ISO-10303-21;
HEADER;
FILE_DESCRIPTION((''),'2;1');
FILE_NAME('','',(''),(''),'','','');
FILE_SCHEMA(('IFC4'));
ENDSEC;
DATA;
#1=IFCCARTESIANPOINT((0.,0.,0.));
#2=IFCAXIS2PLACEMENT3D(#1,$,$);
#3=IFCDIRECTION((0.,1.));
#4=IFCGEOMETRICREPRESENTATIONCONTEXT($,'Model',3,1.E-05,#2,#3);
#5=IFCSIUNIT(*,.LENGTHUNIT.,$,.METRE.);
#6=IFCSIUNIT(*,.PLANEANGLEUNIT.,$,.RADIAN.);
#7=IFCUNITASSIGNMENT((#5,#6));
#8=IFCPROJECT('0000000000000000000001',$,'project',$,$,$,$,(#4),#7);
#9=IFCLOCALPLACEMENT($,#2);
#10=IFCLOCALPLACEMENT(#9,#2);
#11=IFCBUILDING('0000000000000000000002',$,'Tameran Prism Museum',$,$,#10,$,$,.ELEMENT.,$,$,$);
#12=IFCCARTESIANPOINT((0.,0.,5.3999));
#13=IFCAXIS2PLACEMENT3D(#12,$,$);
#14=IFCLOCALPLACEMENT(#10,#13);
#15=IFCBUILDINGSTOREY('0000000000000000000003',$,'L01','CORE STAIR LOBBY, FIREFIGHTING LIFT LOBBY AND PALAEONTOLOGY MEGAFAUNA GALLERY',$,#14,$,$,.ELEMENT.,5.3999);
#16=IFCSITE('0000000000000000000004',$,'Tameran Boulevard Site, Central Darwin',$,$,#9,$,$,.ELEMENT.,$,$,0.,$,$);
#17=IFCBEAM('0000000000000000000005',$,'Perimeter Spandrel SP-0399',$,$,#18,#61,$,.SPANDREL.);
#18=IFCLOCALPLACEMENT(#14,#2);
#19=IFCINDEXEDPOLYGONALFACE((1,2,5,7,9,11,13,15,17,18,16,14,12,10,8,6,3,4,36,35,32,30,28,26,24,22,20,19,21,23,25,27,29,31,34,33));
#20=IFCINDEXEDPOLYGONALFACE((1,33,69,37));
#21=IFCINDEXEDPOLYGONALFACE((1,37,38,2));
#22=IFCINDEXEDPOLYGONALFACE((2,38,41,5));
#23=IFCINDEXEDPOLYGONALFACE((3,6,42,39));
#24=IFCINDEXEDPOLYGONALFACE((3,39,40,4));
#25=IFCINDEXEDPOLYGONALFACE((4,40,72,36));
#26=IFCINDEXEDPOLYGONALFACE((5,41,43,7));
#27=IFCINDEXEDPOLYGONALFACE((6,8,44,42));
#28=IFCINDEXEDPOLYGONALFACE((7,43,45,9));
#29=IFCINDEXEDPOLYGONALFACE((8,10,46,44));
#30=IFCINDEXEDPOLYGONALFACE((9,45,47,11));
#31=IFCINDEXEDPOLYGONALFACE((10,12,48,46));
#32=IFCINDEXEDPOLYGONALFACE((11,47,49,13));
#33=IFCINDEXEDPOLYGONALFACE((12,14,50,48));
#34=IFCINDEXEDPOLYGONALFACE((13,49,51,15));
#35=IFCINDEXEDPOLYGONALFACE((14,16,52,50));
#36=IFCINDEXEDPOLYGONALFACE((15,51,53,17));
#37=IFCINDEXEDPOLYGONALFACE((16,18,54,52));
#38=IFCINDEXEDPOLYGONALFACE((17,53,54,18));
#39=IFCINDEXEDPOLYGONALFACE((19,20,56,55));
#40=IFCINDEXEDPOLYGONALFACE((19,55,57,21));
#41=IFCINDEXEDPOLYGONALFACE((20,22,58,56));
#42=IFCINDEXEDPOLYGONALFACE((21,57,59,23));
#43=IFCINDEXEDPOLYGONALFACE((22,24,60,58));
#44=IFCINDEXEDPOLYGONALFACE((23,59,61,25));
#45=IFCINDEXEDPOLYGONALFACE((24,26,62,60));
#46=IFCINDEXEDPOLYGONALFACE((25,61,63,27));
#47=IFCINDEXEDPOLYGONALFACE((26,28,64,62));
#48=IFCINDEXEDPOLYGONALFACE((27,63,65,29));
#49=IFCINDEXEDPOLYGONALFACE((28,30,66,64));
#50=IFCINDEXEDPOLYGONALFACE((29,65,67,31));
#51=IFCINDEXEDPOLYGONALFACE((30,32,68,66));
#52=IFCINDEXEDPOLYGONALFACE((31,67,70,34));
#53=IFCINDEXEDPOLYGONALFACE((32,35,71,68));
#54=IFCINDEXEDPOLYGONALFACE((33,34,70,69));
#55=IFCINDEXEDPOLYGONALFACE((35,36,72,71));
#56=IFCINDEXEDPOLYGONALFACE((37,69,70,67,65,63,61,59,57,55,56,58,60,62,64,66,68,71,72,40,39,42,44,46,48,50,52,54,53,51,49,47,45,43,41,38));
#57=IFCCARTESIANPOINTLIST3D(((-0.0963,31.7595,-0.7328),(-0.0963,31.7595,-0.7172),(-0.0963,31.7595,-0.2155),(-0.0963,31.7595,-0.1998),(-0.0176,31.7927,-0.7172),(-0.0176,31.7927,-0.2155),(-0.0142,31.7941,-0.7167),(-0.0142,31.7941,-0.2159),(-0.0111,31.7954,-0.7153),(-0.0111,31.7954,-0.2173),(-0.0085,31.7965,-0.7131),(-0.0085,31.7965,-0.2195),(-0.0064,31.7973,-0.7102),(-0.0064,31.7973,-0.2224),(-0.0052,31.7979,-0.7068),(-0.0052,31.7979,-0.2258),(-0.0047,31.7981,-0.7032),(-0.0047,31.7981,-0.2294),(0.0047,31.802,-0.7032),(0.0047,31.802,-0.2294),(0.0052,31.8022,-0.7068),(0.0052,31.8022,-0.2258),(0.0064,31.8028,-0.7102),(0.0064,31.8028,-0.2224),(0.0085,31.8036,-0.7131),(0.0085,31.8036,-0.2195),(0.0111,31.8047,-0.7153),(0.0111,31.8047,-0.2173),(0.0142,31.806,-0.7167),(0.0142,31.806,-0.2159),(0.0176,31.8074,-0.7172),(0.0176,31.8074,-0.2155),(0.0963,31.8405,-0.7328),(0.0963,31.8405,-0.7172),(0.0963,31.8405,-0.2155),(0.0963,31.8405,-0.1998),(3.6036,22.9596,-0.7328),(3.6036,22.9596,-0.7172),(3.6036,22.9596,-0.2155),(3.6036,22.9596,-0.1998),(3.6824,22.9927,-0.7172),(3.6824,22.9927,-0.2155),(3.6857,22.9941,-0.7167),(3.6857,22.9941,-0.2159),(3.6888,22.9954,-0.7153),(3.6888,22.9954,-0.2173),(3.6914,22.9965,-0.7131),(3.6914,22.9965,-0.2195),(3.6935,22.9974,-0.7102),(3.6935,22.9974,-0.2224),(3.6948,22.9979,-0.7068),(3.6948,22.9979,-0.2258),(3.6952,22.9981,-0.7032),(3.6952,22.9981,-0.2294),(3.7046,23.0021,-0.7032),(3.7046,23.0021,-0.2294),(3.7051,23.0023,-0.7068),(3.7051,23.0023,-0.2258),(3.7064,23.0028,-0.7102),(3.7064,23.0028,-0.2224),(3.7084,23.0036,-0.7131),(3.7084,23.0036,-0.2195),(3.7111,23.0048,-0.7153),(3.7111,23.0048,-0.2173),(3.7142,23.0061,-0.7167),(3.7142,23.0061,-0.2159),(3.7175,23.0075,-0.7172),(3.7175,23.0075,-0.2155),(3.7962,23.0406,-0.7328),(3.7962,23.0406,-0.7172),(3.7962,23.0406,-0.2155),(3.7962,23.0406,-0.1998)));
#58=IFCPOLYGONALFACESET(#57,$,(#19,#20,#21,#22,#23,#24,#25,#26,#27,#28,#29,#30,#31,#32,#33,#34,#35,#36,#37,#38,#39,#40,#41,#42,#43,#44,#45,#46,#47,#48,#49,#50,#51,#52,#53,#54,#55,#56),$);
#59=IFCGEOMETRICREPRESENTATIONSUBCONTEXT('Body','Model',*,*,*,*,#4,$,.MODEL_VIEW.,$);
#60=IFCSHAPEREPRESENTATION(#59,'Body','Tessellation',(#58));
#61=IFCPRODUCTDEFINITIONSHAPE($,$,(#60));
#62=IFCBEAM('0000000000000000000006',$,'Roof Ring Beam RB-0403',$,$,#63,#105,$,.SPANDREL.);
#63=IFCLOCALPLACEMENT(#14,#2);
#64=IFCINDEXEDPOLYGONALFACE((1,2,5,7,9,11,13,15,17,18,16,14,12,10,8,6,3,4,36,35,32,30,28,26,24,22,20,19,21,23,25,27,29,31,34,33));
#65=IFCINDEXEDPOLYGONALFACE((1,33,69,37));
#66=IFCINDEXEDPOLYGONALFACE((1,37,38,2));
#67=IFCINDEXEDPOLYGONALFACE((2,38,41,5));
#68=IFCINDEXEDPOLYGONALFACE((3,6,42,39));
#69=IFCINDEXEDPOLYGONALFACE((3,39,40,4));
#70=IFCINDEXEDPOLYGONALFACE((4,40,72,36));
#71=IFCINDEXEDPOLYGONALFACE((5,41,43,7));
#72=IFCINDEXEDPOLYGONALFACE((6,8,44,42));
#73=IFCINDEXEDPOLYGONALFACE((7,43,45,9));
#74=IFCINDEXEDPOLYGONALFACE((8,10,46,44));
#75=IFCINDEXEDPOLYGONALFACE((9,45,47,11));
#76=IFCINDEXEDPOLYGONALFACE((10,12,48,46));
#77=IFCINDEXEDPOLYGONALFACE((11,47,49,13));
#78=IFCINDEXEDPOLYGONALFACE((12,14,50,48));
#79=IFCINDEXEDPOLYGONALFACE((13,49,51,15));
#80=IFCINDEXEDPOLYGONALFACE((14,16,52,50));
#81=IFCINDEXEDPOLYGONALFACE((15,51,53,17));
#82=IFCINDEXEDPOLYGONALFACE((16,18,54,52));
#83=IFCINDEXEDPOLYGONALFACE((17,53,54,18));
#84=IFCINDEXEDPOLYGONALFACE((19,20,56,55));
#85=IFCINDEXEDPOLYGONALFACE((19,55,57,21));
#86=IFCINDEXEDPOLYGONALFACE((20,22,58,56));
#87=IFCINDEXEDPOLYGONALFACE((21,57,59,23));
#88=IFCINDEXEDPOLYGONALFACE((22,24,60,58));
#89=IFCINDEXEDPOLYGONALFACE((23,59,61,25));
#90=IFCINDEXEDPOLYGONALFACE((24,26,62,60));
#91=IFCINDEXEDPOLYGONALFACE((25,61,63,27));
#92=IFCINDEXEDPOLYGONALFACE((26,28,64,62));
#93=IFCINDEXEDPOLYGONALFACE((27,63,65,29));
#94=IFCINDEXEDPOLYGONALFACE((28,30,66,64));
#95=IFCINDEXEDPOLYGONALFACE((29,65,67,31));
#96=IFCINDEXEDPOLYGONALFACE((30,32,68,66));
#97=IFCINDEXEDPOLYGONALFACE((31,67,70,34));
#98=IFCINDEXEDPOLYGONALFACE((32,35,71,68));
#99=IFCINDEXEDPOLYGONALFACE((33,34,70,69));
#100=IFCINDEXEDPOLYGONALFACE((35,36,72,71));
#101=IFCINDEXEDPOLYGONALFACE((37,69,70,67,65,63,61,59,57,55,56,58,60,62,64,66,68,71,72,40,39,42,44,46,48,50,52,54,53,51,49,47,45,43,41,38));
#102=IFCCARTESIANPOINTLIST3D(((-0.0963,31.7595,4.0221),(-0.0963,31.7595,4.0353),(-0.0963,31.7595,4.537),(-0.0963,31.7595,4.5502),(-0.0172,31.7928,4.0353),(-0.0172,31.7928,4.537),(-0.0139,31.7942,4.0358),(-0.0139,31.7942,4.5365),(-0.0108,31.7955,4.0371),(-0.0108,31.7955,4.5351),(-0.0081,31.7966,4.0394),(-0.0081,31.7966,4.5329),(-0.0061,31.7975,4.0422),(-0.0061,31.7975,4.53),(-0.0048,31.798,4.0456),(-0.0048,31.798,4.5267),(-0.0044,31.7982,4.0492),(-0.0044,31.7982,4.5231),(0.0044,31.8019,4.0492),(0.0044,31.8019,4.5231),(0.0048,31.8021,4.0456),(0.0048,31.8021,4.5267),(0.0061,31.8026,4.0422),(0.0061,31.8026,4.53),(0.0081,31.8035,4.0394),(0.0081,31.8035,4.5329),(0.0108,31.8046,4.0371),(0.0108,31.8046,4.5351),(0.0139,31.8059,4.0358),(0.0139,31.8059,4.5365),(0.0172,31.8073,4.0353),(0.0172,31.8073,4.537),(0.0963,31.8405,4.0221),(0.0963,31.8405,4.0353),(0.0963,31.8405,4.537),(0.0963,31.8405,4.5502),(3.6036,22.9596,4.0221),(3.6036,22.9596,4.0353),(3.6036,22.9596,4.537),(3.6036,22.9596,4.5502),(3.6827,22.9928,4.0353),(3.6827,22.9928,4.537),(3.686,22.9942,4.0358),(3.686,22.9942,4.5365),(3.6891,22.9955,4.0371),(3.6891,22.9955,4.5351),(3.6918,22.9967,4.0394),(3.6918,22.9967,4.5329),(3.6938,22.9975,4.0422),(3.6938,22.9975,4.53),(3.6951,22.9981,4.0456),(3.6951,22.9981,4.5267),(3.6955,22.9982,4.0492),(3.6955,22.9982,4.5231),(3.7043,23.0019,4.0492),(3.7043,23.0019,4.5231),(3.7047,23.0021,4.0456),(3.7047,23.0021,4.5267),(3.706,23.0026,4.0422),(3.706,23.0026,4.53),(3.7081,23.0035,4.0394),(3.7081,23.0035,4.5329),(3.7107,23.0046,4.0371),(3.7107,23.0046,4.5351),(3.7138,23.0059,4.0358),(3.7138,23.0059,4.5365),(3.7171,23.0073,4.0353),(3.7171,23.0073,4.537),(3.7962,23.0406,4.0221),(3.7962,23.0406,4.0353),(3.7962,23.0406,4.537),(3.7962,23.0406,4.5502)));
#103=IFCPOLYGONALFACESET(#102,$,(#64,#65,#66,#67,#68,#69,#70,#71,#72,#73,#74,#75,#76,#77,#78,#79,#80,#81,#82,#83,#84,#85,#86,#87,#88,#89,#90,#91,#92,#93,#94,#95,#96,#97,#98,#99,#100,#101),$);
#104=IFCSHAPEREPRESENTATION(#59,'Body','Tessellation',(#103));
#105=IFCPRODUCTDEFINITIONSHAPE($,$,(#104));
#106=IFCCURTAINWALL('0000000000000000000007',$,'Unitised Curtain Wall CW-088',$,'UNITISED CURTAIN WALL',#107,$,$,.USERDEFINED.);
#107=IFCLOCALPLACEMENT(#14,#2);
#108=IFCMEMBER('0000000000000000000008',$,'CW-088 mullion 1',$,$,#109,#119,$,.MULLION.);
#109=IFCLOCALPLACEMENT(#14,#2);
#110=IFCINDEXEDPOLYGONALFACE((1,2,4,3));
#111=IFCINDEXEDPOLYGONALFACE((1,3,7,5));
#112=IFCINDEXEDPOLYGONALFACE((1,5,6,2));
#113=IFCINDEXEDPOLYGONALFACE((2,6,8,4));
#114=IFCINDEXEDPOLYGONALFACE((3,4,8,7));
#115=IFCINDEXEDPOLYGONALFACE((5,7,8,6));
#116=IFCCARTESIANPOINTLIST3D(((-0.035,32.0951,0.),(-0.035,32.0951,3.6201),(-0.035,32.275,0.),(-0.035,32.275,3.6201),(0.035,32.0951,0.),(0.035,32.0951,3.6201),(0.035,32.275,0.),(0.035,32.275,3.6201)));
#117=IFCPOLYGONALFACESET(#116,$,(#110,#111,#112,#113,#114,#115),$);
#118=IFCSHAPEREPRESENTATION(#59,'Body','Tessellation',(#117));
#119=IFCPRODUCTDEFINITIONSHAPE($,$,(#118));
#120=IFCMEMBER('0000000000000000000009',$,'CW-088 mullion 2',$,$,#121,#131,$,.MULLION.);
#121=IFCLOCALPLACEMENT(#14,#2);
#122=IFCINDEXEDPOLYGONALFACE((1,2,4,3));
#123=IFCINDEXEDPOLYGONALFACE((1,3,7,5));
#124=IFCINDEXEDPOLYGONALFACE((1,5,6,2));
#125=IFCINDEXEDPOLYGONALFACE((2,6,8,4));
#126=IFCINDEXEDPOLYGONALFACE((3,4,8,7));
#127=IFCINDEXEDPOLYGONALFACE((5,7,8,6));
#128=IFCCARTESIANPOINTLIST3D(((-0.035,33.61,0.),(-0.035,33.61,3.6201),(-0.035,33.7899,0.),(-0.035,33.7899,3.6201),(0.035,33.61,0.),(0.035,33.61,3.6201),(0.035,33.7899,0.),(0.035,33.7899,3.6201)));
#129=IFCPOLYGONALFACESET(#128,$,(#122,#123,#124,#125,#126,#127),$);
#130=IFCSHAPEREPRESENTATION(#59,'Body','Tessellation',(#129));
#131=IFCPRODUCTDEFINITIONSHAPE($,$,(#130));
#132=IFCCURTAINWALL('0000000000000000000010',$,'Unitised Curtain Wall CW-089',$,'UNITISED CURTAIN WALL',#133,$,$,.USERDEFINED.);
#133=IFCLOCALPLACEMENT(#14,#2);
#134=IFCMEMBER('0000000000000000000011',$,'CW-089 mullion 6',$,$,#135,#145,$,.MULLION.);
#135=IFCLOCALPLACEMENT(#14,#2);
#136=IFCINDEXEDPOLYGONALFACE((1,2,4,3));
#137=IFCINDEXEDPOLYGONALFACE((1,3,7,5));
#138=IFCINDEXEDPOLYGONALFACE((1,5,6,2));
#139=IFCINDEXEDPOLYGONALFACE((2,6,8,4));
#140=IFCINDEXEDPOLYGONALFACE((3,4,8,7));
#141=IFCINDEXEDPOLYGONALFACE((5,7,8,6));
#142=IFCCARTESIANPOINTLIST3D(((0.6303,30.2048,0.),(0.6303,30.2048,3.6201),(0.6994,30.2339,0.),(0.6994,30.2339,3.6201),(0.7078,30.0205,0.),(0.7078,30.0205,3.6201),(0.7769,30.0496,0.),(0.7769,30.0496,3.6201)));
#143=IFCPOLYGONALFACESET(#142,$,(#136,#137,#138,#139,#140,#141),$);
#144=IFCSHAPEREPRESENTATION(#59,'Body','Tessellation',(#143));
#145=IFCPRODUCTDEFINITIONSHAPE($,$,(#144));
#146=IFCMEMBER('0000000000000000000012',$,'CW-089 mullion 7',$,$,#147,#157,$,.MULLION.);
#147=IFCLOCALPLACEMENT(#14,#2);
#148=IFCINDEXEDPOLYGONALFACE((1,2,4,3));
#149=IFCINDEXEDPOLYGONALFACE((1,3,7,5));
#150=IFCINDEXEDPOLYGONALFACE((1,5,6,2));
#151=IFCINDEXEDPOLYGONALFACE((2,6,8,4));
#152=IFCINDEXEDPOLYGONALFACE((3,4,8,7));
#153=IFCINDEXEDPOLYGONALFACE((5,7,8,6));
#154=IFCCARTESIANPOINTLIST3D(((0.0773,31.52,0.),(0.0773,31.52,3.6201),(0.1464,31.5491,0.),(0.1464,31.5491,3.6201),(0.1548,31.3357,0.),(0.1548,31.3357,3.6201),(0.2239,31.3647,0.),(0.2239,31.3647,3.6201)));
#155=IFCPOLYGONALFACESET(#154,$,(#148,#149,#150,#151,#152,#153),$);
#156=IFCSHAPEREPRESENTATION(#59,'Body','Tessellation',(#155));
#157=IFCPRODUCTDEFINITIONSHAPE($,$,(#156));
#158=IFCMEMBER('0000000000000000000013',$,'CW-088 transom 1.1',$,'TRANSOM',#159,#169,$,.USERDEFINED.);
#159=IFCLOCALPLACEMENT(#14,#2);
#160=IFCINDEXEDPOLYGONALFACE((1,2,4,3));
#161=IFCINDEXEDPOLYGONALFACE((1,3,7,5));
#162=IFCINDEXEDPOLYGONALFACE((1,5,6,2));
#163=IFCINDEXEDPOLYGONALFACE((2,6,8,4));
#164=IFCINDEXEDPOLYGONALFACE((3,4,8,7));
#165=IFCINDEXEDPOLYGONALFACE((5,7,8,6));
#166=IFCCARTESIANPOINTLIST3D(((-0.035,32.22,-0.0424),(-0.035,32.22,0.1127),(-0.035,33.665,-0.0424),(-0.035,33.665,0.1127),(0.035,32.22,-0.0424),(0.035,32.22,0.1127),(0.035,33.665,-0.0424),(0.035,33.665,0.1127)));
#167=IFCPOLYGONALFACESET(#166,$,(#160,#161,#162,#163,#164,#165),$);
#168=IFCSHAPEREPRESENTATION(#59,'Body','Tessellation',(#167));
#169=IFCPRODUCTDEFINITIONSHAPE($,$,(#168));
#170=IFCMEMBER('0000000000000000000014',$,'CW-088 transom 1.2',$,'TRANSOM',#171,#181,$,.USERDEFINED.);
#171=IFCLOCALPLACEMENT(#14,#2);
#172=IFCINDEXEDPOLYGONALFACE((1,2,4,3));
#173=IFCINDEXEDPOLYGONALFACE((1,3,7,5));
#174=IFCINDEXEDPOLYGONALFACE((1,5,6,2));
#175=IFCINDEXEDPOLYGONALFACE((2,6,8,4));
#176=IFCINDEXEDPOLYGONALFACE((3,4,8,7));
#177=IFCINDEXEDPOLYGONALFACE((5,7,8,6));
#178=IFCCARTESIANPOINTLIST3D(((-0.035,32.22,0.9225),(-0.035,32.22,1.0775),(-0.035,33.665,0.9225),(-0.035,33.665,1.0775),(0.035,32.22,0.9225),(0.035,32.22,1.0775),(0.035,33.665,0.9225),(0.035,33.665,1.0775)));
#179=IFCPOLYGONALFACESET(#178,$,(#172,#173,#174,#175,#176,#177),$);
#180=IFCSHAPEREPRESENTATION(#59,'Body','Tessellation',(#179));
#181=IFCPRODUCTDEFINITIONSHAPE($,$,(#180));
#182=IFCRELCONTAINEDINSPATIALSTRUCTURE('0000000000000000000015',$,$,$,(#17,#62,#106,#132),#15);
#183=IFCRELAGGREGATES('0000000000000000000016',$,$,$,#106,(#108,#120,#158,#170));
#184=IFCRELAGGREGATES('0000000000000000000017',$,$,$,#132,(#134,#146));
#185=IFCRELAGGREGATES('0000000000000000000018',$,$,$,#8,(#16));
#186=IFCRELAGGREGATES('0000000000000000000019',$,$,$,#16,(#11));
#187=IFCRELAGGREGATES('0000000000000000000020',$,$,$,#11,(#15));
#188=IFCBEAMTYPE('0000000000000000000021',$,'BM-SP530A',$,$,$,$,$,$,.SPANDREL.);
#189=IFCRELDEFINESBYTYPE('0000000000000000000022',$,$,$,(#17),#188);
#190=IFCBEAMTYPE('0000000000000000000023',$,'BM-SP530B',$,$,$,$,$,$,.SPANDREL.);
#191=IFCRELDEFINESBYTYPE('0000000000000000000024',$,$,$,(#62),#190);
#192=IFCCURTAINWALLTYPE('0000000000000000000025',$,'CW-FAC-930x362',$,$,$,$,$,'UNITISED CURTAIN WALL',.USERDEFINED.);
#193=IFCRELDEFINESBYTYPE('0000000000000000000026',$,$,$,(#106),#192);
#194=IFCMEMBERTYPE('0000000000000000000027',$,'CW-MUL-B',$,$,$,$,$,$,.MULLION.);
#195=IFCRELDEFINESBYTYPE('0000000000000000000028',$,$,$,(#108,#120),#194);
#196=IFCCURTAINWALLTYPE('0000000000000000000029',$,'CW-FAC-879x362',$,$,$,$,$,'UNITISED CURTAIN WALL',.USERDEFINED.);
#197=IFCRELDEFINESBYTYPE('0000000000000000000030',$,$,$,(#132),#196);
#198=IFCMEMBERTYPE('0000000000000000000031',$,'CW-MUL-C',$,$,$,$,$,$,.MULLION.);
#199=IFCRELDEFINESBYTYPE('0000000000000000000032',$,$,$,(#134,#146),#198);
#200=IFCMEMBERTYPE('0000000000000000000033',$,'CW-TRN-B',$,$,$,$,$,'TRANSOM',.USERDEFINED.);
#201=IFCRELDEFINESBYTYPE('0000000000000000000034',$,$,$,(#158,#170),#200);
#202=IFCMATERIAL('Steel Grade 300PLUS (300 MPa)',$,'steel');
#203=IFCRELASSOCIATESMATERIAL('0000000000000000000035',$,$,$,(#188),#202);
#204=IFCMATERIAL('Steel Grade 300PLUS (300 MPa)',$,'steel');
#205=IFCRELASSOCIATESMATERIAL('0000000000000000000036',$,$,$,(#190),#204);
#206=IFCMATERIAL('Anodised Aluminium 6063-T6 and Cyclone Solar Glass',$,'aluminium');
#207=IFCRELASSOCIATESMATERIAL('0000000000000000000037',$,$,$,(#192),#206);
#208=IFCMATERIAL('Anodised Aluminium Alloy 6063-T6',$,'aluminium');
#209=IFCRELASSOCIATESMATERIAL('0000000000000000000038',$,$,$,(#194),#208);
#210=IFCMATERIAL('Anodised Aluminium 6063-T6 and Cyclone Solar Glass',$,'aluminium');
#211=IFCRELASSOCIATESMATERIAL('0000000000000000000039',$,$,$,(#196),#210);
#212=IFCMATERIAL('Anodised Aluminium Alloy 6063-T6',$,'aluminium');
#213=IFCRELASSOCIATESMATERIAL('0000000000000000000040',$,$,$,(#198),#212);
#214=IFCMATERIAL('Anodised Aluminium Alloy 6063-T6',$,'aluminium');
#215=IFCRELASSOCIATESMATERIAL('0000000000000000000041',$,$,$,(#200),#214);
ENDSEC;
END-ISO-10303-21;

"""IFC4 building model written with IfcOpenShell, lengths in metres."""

from ifc_helpers import new_model, si_unit, direction, frame, origin, origin_2d, place, context, subcontext, project, spatial, rectangle, i_section, extrude, material, material_profile, profile_set, type_object, element, aggregate, save


model = new_model("IFC4")

# Units and contexts
model_context = context("Model", 3, precision=1e-05, world=origin(), true_north=direction((0.0, 1.0)))
body_context = subcontext(model_context, "Body", "Model", "MODEL_VIEW")
ifc_project = project(units=[si_unit("LENGTHUNIT", "METRE"), si_unit("PLANEANGLEUNIT", "RADIAN")], contexts=[model_context])

# Site, building, storey
site_placement = place(None, origin())
site = spatial("IfcSite", under=ifc_project, at=site_placement, Name="Tameran Boulevard Site, Central Darwin", CompositionType="ELEMENT", RefElevation=0.0)
building_placement = place(site_placement, origin())
building = spatial("IfcBuilding", under=site, at=building_placement, Name="Tameran Prism Museum", CompositionType="ELEMENT")
storey_placement = place(building_placement, frame((0.0, 0.0, 5.3999)))
storey = spatial("IfcBuildingStorey", under=building, at=storey_placement, Name="L01", Description="CORE STAIR LOBBY, FIREFIGHTING LIFT LOBBY AND PALAEONTOLOGY MEGAFAUNA GALLERY", CompositionType="ELEMENT", Elevation=5.3999)

# Beams
ifc_material_1 = material(Name="Steel Grade 300PLUS (300 MPa)", Category="steel")
ifc_material_profile_1 = material_profile(ifc_material_1, i_section(OverallWidth=0.209, OverallDepth=0.533, WebThickness=0.0103, FlangeThickness=0.0156, FilletRadius=0.0139, at=origin_2d()))
ifc_profile_set_1 = profile_set([ifc_material_profile_1])
beam_type_1 = type_object("IfcBeamType", Name="BM-SP530A", PredefinedType="SPANDREL", material=ifc_profile_set_1)
beam_1_placement = place(storey_placement, frame((0.0, 31.8, -0.4663), z_axis=(0.387582, -0.921835, 0.0), x_axis=(0.921835, 0.387582, 0.0)))
element("IfcBeam", 1, at=beam_1_placement, inside=storey, type_object=beam_type_1, Name="Perimeter Spandrel SP-0399", PredefinedType="SPANDREL", context=body_context, shape_type="SweptSolid", body=[
    extrude(i_section(OverallWidth=0.209, OverallDepth=0.533, WebThickness=0.0103, FlangeThickness=0.0156, FilletRadius=0.0139, at=origin_2d()), origin(), (0.0, 0.0, 1.0), 9.5461),
])
ifc_material_2 = material(Name="Steel Grade 300PLUS (300 MPa)", Category="steel")
ifc_material_profile_2 = material_profile(ifc_material_2, i_section(OverallWidth=0.209, OverallDepth=0.5281, WebThickness=0.0095, FlangeThickness=0.0132, FilletRadius=0.0139, at=origin_2d()))
ifc_profile_set_2 = profile_set([ifc_material_profile_2])
beam_type_2 = type_object("IfcBeamType", Name="BM-SP530B", PredefinedType="SPANDREL", material=ifc_profile_set_2)
beam_2_placement = place(storey_placement, frame((0.0, 31.8, 4.2861), z_axis=(0.387582, -0.921835, 0.0), x_axis=(0.921835, 0.387582, 0.0)))
element("IfcBeam", 2, at=beam_2_placement, inside=storey, type_object=beam_type_2, Name="Roof Ring Beam RB-0403", PredefinedType="SPANDREL", context=body_context, shape_type="SweptSolid", body=[
    extrude(i_section(OverallWidth=0.209, OverallDepth=0.5281, WebThickness=0.0095, FlangeThickness=0.0132, FilletRadius=0.0139, at=origin_2d()), origin(), (0.0, 0.0, 1.0), 9.5461),
])

# Curtain walls, members
ifc_material_3 = material(Name="Anodised Aluminium 6063-T6 and Cyclone Solar Glass", Category="aluminium")
curtain_wall_type_1 = type_object("IfcCurtainWallType", Name="CW-FAC-930x362", ElementType="UNITISED CURTAIN WALL", PredefinedType="USERDEFINED", material=ifc_material_3)
curtain_wall_1_placement = place(storey_placement, origin())
curtain_wall_1 = element("IfcCurtainWall", 3, at=curtain_wall_1_placement, inside=storey, type_object=curtain_wall_type_1, Name="Unitised Curtain Wall CW-088", ObjectType="UNITISED CURTAIN WALL", PredefinedType="USERDEFINED")
ifc_material_4 = material(Name="Anodised Aluminium Alloy 6063-T6", Category="aluminium")
ifc_material_profile_3 = material_profile(ifc_material_4, rectangle(XDim=0.0701, YDim=0.1799, at=origin_2d()))
ifc_profile_set_3 = profile_set([ifc_material_profile_3])
member_type_1 = type_object("IfcMemberType", Name="CW-MUL-B", PredefinedType="MULLION", material=ifc_profile_set_3)
member_1_placement = place(storey_placement, frame((0.0, 32.1851, 0.0), z_axis=(0.0, 0.0, 1.0), x_axis=(-1.0, 0.0, 0.0)))
member_1 = element("IfcMember", 4, at=member_1_placement, type_object=member_type_1, Name="CW-088 mullion 1", PredefinedType="MULLION", context=body_context, shape_type="SweptSolid", body=[
    extrude(rectangle(XDim=0.0701, YDim=0.1799, at=origin_2d()), origin(), (0.0, 0.0, 1.0), 3.6201),
])
member_2_placement = place(storey_placement, frame((0.0, 33.7, 0.0), z_axis=(0.0, 0.0, 1.0), x_axis=(-1.0, 0.0, 0.0)))
member_2 = element("IfcMember", 5, at=member_2_placement, type_object=member_type_1, Name="CW-088 mullion 2", PredefinedType="MULLION", context=body_context, shape_type="SweptSolid", body=[
    extrude(rectangle(XDim=0.0701, YDim=0.1799, at=origin_2d()), origin(), (0.0, 0.0, 1.0), 3.6201),
])
ifc_material_5 = material(Name="Anodised Aluminium 6063-T6 and Cyclone Solar Glass", Category="aluminium")
curtain_wall_type_2 = type_object("IfcCurtainWallType", Name="CW-FAC-879x362", ElementType="UNITISED CURTAIN WALL", PredefinedType="USERDEFINED", material=ifc_material_5)
curtain_wall_2_placement = place(storey_placement, origin())
curtain_wall_2 = element("IfcCurtainWall", 6, at=curtain_wall_2_placement, inside=storey, type_object=curtain_wall_type_2, Name="Unitised Curtain Wall CW-089", ObjectType="UNITISED CURTAIN WALL", PredefinedType="USERDEFINED")
ifc_material_6 = material(Name="Anodised Aluminium Alloy 6063-T6", Category="aluminium")
ifc_material_profile_4 = material_profile(ifc_material_6, rectangle(XDim=0.075, YDim=0.2, at=origin_2d()))
ifc_profile_set_4 = profile_set([ifc_material_profile_4])
member_type_2 = type_object("IfcMemberType", Name="CW-MUL-C", PredefinedType="MULLION", material=ifc_profile_set_4)
member_3_placement = place(storey_placement, frame((0.7036, 30.1272, 0.0), z_axis=(0.0, 0.0, 1.0), x_axis=(-0.921843, -0.387563, 0.0)))
member_3 = element("IfcMember", 7, at=member_3_placement, type_object=member_type_2, Name="CW-089 mullion 6", PredefinedType="MULLION", context=body_context, shape_type="SweptSolid", body=[
    extrude(rectangle(XDim=0.075, YDim=0.2, at=origin_2d()), origin(), (0.0, 0.0, 1.0), 3.6201),
])
member_4_placement = place(storey_placement, frame((0.1506, 31.4424, 0.0), z_axis=(0.0, 0.0, 1.0), x_axis=(-0.921843, -0.387563, 0.0)))
member_4 = element("IfcMember", 8, at=member_4_placement, type_object=member_type_2, Name="CW-089 mullion 7", PredefinedType="MULLION", context=body_context, shape_type="SweptSolid", body=[
    extrude(rectangle(XDim=0.075, YDim=0.2, at=origin_2d()), origin(), (0.0, 0.0, 1.0), 3.6201),
])

# Members
ifc_material_7 = material(Name="Anodised Aluminium Alloy 6063-T6", Category="aluminium")
ifc_material_profile_5 = material_profile(ifc_material_7, rectangle(XDim=0.0701, YDim=0.155, at=origin_2d()))
ifc_profile_set_5 = profile_set([ifc_material_profile_5])
member_type_3 = type_object("IfcMemberType", Name="CW-TRN-B", ElementType="TRANSOM", PredefinedType="USERDEFINED", material=ifc_profile_set_5)
member_5_placement = place(storey_placement, frame((0.0, 32.22, 0.0352), z_axis=(0.0, 1.0, 0.0), x_axis=(-1.0, 0.0, 0.0)))
member_5 = element("IfcMember", 9, at=member_5_placement, type_object=member_type_3, Name="CW-088 transom 1.1", ObjectType="TRANSOM", PredefinedType="USERDEFINED", context=body_context, shape_type="SweptSolid", body=[
    extrude(rectangle(XDim=0.0701, YDim=0.155, at=origin_2d()), origin(), (0.0, 0.0, 1.0), 1.4451),
])
member_6_placement = place(storey_placement, frame((0.0, 32.22, 1.0), z_axis=(0.0, 1.0, 0.0), x_axis=(-1.0, 0.0, 0.0)))
member_6 = element("IfcMember", 10, at=member_6_placement, type_object=member_type_3, Name="CW-088 transom 1.2", ObjectType="TRANSOM", PredefinedType="USERDEFINED", context=body_context, shape_type="SweptSolid", body=[
    extrude(rectangle(XDim=0.0701, YDim=0.155, at=origin_2d()), origin(), (0.0, 0.0, 1.0), 1.4451),
])

aggregate(curtain_wall_1, [member_1, member_2, member_5, member_6])
aggregate(curtain_wall_2, [member_3, member_4])

save(model, "model.ifc")
